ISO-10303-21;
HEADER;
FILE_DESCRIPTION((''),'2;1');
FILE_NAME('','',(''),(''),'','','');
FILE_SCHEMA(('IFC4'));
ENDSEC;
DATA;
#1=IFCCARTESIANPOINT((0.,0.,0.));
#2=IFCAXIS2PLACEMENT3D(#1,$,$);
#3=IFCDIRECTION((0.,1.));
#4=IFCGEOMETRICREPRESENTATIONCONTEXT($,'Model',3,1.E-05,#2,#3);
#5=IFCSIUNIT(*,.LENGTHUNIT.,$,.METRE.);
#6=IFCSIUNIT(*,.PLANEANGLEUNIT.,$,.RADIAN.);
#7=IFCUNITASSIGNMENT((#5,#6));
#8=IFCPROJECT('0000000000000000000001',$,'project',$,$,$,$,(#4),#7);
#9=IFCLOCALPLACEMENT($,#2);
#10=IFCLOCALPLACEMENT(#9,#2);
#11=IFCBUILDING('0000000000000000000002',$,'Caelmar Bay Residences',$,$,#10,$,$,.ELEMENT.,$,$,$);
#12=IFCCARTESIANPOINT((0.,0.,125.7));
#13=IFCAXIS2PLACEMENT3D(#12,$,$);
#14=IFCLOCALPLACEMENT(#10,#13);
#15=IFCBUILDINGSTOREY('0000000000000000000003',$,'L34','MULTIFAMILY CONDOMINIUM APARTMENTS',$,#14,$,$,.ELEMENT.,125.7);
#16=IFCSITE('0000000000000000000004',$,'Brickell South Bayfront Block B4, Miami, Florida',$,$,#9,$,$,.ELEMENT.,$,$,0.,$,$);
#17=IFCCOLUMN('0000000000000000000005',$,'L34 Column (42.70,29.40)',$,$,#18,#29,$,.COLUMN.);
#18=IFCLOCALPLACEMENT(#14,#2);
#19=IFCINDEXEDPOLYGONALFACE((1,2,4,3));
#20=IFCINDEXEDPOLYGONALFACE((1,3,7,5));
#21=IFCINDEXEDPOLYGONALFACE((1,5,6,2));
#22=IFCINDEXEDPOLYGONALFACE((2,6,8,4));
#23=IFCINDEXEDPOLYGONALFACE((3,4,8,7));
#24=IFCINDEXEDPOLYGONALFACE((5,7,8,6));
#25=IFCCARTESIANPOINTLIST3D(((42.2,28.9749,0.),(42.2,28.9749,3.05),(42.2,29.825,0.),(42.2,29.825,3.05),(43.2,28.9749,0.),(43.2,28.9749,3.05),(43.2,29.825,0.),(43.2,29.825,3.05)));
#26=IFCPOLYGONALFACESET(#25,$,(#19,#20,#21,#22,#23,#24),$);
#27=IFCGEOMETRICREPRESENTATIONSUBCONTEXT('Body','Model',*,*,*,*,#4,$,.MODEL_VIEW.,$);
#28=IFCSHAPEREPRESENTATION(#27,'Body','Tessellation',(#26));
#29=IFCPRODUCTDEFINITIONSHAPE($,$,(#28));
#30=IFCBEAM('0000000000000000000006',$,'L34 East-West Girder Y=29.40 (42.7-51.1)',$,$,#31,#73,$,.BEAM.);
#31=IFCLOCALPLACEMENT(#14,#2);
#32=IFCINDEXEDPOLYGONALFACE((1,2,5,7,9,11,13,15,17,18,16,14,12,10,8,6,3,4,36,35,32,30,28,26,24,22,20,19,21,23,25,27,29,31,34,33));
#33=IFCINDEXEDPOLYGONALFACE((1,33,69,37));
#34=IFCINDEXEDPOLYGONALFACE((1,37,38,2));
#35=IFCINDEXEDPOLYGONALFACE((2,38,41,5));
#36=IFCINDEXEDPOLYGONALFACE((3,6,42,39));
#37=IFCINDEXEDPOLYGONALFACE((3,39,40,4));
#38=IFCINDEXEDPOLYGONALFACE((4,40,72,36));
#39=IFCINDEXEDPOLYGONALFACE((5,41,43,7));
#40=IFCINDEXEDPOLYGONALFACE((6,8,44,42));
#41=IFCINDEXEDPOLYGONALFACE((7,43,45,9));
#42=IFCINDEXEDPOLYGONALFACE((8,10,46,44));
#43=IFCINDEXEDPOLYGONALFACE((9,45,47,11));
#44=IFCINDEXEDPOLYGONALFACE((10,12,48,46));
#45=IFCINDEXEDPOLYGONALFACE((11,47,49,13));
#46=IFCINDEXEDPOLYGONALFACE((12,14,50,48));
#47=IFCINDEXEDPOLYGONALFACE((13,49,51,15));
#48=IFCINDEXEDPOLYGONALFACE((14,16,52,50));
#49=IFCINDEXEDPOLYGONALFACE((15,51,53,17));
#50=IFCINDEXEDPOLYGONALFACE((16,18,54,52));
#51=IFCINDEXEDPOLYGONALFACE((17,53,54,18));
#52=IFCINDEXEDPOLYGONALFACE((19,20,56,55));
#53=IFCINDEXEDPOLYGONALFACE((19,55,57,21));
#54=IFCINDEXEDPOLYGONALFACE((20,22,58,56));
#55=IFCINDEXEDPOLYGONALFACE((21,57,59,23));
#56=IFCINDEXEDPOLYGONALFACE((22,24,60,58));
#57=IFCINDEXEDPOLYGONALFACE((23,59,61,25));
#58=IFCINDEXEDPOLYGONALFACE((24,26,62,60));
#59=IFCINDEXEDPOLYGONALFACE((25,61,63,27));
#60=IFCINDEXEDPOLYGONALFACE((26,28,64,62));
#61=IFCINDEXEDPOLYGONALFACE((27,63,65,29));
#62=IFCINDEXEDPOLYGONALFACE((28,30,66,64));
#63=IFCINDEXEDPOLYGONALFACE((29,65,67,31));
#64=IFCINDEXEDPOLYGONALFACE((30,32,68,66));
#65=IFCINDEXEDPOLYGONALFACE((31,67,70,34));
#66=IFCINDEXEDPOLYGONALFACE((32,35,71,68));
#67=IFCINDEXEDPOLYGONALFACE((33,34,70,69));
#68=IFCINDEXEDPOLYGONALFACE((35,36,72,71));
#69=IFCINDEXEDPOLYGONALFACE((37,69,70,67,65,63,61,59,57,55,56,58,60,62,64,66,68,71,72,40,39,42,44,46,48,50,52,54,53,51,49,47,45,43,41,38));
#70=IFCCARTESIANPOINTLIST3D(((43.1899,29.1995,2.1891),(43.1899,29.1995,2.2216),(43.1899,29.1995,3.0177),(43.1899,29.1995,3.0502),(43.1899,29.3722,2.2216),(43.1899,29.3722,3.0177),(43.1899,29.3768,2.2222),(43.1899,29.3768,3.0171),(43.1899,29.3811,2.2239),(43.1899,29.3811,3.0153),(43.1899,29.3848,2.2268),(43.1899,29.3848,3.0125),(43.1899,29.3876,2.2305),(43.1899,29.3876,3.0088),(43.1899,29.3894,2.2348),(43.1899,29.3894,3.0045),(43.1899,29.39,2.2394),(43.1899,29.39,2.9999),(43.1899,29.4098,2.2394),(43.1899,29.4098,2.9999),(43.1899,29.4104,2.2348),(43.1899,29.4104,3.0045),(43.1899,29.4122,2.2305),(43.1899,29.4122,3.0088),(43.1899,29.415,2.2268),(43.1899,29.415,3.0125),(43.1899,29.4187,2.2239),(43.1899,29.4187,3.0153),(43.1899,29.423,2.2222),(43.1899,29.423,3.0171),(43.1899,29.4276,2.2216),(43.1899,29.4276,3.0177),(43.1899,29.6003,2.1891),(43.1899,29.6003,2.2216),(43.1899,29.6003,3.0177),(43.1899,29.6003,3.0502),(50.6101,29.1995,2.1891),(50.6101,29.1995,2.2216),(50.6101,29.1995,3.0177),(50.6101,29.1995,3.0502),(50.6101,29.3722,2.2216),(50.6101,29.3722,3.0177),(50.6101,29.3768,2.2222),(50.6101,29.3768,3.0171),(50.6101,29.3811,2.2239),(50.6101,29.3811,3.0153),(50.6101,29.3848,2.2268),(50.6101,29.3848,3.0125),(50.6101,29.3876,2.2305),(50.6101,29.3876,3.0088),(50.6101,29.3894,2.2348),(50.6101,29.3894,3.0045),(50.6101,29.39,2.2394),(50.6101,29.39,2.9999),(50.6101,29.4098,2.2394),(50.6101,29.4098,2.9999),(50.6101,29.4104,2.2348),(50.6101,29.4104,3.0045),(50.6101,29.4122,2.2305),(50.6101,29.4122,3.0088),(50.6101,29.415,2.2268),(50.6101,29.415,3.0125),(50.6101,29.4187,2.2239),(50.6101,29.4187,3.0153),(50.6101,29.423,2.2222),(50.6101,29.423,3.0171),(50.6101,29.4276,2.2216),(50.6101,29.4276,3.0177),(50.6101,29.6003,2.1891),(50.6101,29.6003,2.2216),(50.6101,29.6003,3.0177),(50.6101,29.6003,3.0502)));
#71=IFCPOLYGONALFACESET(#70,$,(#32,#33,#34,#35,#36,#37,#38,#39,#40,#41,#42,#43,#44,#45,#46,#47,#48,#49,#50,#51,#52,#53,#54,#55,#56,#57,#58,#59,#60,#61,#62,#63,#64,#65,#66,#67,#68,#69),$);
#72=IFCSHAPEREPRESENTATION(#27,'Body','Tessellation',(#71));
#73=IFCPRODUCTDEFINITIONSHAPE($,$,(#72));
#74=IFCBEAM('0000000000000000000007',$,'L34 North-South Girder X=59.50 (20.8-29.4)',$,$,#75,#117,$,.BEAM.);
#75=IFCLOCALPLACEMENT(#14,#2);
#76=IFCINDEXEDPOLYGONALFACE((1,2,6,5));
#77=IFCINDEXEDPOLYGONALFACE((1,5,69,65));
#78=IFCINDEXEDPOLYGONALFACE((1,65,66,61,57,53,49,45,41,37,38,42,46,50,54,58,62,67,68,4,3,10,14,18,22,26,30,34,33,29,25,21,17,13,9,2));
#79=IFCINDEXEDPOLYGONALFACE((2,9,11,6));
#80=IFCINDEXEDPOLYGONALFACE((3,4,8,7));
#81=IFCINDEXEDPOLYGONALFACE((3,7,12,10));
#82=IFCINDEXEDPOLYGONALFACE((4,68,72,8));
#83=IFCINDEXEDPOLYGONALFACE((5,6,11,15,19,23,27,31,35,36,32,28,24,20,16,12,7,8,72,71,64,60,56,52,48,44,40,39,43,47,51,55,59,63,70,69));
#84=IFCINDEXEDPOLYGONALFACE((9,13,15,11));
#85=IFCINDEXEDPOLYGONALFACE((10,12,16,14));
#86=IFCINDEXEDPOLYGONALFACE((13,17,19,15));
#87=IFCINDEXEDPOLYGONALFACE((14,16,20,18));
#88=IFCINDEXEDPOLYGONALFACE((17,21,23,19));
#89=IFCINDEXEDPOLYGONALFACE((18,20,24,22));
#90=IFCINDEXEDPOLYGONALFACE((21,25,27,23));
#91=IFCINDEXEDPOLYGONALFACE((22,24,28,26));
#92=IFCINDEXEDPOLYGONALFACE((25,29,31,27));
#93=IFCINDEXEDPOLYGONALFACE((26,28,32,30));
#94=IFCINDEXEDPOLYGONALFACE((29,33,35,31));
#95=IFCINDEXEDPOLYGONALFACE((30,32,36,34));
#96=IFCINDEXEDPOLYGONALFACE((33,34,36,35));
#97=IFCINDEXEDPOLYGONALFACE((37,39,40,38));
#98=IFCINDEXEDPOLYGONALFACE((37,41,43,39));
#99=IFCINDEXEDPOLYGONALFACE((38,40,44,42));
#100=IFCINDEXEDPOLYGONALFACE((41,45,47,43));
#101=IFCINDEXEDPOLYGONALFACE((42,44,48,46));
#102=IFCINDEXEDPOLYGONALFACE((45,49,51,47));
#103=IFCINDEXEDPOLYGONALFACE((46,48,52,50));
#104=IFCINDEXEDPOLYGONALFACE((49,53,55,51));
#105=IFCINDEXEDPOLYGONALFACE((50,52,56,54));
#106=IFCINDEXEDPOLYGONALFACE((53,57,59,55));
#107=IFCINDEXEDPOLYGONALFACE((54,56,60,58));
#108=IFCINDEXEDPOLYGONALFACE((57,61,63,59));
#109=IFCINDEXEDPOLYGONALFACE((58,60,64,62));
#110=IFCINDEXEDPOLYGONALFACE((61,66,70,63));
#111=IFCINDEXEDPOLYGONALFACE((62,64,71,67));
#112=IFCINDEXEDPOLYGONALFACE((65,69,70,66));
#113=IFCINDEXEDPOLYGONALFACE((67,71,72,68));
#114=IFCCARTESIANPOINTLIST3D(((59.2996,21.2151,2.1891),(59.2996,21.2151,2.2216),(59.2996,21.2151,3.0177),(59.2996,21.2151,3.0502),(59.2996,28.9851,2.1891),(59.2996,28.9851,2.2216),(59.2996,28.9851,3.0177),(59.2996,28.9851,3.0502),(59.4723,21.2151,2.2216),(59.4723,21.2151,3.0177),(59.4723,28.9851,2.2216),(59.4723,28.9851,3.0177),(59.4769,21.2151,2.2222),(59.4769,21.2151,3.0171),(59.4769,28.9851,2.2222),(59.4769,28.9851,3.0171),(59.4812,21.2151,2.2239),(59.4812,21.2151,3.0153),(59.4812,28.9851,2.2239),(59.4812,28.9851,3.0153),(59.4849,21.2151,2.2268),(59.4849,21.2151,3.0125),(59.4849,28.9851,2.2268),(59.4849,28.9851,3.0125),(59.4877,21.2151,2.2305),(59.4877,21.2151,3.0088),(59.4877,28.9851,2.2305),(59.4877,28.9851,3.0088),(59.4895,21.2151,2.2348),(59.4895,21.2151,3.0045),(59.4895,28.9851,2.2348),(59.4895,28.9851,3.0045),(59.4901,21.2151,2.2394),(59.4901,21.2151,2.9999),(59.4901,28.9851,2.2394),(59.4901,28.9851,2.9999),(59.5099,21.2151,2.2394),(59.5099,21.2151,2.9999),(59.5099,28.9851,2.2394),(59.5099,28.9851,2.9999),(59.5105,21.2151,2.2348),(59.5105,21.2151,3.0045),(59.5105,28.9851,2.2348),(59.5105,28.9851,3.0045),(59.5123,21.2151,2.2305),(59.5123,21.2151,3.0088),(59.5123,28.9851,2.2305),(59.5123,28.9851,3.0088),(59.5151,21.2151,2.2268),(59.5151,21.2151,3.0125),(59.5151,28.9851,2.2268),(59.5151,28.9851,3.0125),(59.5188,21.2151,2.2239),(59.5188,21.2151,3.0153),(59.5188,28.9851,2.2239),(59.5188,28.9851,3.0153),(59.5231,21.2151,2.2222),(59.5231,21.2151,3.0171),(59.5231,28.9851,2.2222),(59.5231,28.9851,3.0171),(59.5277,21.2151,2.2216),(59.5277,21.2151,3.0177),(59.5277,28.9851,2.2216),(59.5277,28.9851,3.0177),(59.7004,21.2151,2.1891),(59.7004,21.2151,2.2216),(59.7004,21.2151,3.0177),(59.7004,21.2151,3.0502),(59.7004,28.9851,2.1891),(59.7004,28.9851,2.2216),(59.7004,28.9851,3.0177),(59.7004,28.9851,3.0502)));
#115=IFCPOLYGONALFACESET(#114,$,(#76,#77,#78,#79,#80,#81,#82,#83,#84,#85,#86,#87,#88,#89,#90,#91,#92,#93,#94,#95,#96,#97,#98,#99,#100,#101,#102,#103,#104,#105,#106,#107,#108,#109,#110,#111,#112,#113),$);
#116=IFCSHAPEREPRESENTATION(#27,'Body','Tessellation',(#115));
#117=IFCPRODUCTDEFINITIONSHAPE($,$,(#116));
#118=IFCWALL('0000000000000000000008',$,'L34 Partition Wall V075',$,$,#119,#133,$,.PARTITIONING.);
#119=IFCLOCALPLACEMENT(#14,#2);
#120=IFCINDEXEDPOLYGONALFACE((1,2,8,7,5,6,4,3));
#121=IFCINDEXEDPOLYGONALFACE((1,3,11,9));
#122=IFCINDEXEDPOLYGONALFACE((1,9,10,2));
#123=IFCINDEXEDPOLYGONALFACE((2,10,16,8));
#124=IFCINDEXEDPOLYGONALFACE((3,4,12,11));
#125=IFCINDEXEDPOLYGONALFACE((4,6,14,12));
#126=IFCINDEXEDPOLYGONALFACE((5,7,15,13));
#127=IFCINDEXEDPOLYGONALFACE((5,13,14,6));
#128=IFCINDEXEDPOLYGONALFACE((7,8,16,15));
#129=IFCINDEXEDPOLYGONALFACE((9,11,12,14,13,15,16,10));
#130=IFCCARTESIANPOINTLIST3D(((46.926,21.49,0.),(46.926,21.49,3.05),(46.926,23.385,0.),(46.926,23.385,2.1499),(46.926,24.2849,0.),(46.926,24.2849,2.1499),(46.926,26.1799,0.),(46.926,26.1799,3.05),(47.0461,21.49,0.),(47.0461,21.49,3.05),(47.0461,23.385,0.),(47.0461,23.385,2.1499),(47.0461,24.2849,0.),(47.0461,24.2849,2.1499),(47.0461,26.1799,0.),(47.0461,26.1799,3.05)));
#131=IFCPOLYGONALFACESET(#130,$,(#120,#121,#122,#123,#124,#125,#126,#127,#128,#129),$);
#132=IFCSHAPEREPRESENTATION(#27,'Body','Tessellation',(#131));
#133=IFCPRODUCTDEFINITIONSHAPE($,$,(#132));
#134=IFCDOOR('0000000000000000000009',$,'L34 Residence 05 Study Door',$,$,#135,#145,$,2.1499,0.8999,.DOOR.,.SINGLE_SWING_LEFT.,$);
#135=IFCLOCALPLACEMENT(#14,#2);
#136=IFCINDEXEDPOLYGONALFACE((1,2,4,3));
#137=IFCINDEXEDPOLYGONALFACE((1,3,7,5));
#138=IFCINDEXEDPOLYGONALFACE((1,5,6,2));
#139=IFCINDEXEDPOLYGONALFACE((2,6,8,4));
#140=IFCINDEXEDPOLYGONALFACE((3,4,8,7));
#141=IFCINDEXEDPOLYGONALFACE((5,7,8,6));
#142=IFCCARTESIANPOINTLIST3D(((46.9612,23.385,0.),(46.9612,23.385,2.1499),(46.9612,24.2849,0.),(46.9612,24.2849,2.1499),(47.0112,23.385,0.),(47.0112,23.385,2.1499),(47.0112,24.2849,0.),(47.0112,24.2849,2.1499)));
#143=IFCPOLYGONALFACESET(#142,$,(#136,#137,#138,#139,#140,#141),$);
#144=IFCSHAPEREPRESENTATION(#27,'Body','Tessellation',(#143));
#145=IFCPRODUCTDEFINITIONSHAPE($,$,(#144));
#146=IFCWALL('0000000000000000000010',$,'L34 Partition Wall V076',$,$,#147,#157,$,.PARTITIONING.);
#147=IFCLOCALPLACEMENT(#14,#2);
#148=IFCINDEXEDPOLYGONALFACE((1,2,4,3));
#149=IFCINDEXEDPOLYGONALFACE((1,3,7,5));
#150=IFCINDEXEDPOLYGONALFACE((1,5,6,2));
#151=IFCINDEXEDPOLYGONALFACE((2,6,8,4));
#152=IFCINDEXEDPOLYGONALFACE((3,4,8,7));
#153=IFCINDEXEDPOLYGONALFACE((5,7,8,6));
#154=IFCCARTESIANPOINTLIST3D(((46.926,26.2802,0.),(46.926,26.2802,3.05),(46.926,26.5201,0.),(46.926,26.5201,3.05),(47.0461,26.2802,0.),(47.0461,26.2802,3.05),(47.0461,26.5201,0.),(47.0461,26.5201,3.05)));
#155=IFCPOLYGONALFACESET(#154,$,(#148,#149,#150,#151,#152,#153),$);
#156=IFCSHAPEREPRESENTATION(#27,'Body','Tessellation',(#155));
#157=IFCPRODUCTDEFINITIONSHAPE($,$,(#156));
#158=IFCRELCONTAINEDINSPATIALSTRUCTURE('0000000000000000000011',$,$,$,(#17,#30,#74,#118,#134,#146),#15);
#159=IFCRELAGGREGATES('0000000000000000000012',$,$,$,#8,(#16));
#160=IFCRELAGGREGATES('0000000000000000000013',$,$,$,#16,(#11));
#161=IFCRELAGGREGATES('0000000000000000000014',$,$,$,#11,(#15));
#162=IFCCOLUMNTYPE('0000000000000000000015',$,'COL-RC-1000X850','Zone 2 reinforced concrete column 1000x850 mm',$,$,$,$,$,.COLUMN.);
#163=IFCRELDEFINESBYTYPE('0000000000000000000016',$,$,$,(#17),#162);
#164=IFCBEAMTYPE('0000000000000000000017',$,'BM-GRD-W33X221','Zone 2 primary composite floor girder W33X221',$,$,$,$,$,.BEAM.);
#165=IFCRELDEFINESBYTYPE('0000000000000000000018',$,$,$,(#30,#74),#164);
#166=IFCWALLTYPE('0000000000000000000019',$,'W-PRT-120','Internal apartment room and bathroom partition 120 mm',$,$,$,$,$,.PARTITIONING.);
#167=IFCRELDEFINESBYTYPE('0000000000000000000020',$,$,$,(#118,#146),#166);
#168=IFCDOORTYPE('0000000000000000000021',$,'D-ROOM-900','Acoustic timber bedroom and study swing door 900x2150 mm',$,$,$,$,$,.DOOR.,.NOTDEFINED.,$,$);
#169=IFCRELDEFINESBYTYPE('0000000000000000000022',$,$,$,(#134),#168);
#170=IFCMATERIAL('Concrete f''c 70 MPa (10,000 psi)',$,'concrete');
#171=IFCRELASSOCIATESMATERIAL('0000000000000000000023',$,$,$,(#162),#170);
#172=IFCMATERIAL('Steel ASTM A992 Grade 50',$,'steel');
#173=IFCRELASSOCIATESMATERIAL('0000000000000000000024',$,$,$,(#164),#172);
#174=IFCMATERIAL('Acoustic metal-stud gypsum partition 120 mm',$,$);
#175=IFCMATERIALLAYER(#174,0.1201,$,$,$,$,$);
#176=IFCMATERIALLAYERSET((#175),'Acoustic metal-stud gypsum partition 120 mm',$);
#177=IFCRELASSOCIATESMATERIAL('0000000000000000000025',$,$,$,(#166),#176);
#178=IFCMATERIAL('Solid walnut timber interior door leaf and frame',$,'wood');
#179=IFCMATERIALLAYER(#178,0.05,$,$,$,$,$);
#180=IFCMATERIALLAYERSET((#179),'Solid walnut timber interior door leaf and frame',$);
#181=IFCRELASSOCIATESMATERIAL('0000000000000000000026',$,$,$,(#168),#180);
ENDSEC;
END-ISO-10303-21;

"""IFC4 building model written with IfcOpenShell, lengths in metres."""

from ifc_helpers import new_model, si_unit, direction, frame, frame_2d, origin, origin_2d, place, context, subcontext, project, spatial, rectangle, i_section, extrude, material, layer, layer_set, material_profile, profile_set, type_object, element, fill, save


model = new_model("IFC4")

# Units and contexts
model_context = context("Model", 3, precision=1e-05, world=origin(), true_north=direction((0.0, 1.0)))
body_context = subcontext(model_context, "Body", "Model", "MODEL_VIEW")
ifc_project = project(units=[si_unit("LENGTHUNIT", "METRE"), si_unit("PLANEANGLEUNIT", "RADIAN")], contexts=[model_context])

# Site, building, storey
site_placement = place(None, origin())
site = spatial("IfcSite", under=ifc_project, at=site_placement, Name="Brickell South Bayfront Block B4, Miami, Florida", CompositionType="ELEMENT", RefElevation=0.0)
building_placement = place(site_placement, origin())
building = spatial("IfcBuilding", under=site, at=building_placement, Name="Caelmar Bay Residences", CompositionType="ELEMENT")
storey_placement = place(building_placement, frame((0.0, 0.0, 125.7)))
storey = spatial("IfcBuildingStorey", under=building, at=storey_placement, Name="L34", Description="MULTIFAMILY CONDOMINIUM APARTMENTS", CompositionType="ELEMENT", Elevation=125.7)

# Column
ifc_material_1 = material(Name="Concrete f'c 70 MPa (10,000 psi)", Category="concrete")
ifc_material_profile_1 = material_profile(ifc_material_1, rectangle(XDim=1.0, YDim=0.8501, at=origin_2d()), Name="RC-COL-1000X850")
ifc_profile_set_1 = profile_set([ifc_material_profile_1], Name="Concrete f'c 70 MPa (10,000 psi)")
column_type = type_object("IfcColumnType", Name="COL-RC-1000X850", Description="Zone 2 reinforced concrete column 1000x850 mm", PredefinedType="COLUMN", material=ifc_profile_set_1)
column_placement = place(storey_placement, frame((42.7, 29.3999, 0.0), z_axis=(0.0, 0.0, 1.0), x_axis=(1.0, 0.0, 0.0)))
element("IfcColumn", 1, at=column_placement, inside=storey, type_object=column_type, Name="L34 Column (42.70,29.40)", PredefinedType="COLUMN", context=body_context, shape_type="SweptSolid", body=[
    extrude(rectangle(XDim=1.0, YDim=0.8501, at=origin_2d()), origin(), (0.0, 0.0, 1.0), 3.05),
])

# Beams
ifc_material_2 = material(Name="Steel ASTM A992 Grade 50", Category="steel")
ifc_material_profile_2 = material_profile(ifc_material_2, i_section(OverallWidth=0.4009, OverallDepth=0.8611, WebThickness=0.0198, FlangeThickness=0.0325, FilletRadius=0.0178, at=origin_2d()), Name="W33X221")
ifc_profile_set_2 = profile_set([ifc_material_profile_2], Name="Steel ASTM A992 Grade 50")
beam_type = type_object("IfcBeamType", Name="BM-GRD-W33X221", Description="Zone 2 primary composite floor girder W33X221", PredefinedType="BEAM", material=ifc_profile_set_2)
beam_1_placement = place(storey_placement, frame((43.1899, 29.3999, 2.6196), z_axis=(1.0, 0.0, 0.0), x_axis=(0.0, 1.0, 0.0)))
element("IfcBeam", 2, at=beam_1_placement, inside=storey, type_object=beam_type, Name="L34 East-West Girder Y=29.40 (42.7-51.1)", PredefinedType="BEAM", context=body_context, shape_type="SweptSolid", body=[
    extrude(i_section(OverallWidth=0.4009, OverallDepth=0.8611, WebThickness=0.0198, FlangeThickness=0.0325, FilletRadius=0.0178, at=origin_2d()), origin(), (0.0, 0.0, 1.0), 7.4202),
])
beam_2_placement = place(storey_placement, frame((59.5, 21.2151, 2.6196), z_axis=(0.0, 1.0, 0.0), x_axis=(-1.0, 0.0, 0.0)))
element("IfcBeam", 3, at=beam_2_placement, inside=storey, type_object=beam_type, Name="L34 North-South Girder X=59.50 (20.8-29.4)", PredefinedType="BEAM", context=body_context, shape_type="SweptSolid", body=[
    extrude(i_section(OverallWidth=0.4009, OverallDepth=0.8611, WebThickness=0.0198, FlangeThickness=0.0325, FilletRadius=0.0178, at=origin_2d()), origin(), (0.0, 0.0, 1.0), 7.77),
])

# Wall, opening, door
ifc_material_3 = material(Name="Acoustic metal-stud gypsum partition 120 mm")
ifc_layer_1 = layer(ifc_material_3, 0.1201)
ifc_layer_set_1 = layer_set([ifc_layer_1], Name="Acoustic metal-stud gypsum partition 120 mm")
wall_type_1 = type_object("IfcWallType", Name="W-PRT-120", Description="Internal apartment room and bathroom partition 120 mm", PredefinedType="PARTITIONING", material=ifc_layer_set_1)
wall_1_placement = place(storey_placement, frame((46.9861, 21.49, 0.0), z_axis=(0.0, 0.0, 1.0), x_axis=(0.0, 1.0, 0.0)))
wall_1 = element("IfcWall", 4, at=wall_1_placement, inside=storey, type_object=wall_type_1, Name="L34 Partition Wall V075", PredefinedType="PARTITIONING", context=body_context, shape_type="SweptSolid", body=[
    extrude(rectangle(XDim=4.6899, YDim=0.1201, at=frame_2d((2.345, 0.0))), origin(), (0.0, 0.0, 1.0), 3.05),
])
opening_1_placement = place(wall_1_placement, frame((1.895, 0.0, 0.0)))
opening_1 = element("IfcOpeningElement", 5, at=opening_1_placement, cuts=wall_1, PredefinedType="OPENING", context=body_context, shape_type="SweptSolid", body=[
    extrude(rectangle(XDim=0.8999, YDim=2.1499, at=frame_2d((0.45, 1.075))), frame((0.0, 0.0701, 0.0), z_axis=(0.0, -1.0, 0.0), x_axis=(1.0, 0.0, 0.0)), (0.0, 0.0, 1.0), 0.1401),
])
ifc_material_4 = material(Name="Solid walnut timber interior door leaf and frame", Category="wood")
ifc_layer_2 = layer(ifc_material_4, 0.05)
ifc_layer_set_2 = layer_set([ifc_layer_2], Name="Solid walnut timber interior door leaf and frame")
door_type_1 = type_object("IfcDoorType", Name="D-ROOM-900", Description="Acoustic timber bedroom and study swing door 900x2150 mm", OperationType="NOTDEFINED", PredefinedType="DOOR", material=ifc_layer_set_2)
door_1_placement = place(opening_1_placement, origin())
door_1 = element("IfcDoor", 6, at=door_1_placement, inside=storey, type_object=door_type_1, Name="L34 Residence 05 Study Door", OperationType="SINGLE_SWING_LEFT", OverallHeight=2.1499, OverallWidth=0.8999, PredefinedType="DOOR", context=body_context, shape_type="SweptSolid", body=[
    extrude(rectangle(XDim=0.8999, YDim=2.1499, at=frame_2d((0.45, 1.075))), frame((0.0, 0.0249, 0.0), z_axis=(0.0, -1.0, 0.0), x_axis=(1.0, 0.0, 0.0)), (0.0, 0.0, 1.0), 0.05),
])
fill(opening_1, door_1)

# Wall
wall_2_placement = place(storey_placement, frame((46.9861, 26.28, 0.0), z_axis=(0.0, 0.0, 1.0), x_axis=(0.0, 1.0, 0.0)))
element("IfcWall", 7, at=wall_2_placement, inside=storey, type_object=wall_type_1, Name="L34 Partition Wall V076", PredefinedType="PARTITIONING", context=body_context, shape_type="SweptSolid", body=[
    extrude(rectangle(XDim=0.24, YDim=0.1201, at=frame_2d((0.1201, 0.0))), origin(), (0.0, 0.0, 1.0), 3.05),
])

save(model, "model.ifc")
